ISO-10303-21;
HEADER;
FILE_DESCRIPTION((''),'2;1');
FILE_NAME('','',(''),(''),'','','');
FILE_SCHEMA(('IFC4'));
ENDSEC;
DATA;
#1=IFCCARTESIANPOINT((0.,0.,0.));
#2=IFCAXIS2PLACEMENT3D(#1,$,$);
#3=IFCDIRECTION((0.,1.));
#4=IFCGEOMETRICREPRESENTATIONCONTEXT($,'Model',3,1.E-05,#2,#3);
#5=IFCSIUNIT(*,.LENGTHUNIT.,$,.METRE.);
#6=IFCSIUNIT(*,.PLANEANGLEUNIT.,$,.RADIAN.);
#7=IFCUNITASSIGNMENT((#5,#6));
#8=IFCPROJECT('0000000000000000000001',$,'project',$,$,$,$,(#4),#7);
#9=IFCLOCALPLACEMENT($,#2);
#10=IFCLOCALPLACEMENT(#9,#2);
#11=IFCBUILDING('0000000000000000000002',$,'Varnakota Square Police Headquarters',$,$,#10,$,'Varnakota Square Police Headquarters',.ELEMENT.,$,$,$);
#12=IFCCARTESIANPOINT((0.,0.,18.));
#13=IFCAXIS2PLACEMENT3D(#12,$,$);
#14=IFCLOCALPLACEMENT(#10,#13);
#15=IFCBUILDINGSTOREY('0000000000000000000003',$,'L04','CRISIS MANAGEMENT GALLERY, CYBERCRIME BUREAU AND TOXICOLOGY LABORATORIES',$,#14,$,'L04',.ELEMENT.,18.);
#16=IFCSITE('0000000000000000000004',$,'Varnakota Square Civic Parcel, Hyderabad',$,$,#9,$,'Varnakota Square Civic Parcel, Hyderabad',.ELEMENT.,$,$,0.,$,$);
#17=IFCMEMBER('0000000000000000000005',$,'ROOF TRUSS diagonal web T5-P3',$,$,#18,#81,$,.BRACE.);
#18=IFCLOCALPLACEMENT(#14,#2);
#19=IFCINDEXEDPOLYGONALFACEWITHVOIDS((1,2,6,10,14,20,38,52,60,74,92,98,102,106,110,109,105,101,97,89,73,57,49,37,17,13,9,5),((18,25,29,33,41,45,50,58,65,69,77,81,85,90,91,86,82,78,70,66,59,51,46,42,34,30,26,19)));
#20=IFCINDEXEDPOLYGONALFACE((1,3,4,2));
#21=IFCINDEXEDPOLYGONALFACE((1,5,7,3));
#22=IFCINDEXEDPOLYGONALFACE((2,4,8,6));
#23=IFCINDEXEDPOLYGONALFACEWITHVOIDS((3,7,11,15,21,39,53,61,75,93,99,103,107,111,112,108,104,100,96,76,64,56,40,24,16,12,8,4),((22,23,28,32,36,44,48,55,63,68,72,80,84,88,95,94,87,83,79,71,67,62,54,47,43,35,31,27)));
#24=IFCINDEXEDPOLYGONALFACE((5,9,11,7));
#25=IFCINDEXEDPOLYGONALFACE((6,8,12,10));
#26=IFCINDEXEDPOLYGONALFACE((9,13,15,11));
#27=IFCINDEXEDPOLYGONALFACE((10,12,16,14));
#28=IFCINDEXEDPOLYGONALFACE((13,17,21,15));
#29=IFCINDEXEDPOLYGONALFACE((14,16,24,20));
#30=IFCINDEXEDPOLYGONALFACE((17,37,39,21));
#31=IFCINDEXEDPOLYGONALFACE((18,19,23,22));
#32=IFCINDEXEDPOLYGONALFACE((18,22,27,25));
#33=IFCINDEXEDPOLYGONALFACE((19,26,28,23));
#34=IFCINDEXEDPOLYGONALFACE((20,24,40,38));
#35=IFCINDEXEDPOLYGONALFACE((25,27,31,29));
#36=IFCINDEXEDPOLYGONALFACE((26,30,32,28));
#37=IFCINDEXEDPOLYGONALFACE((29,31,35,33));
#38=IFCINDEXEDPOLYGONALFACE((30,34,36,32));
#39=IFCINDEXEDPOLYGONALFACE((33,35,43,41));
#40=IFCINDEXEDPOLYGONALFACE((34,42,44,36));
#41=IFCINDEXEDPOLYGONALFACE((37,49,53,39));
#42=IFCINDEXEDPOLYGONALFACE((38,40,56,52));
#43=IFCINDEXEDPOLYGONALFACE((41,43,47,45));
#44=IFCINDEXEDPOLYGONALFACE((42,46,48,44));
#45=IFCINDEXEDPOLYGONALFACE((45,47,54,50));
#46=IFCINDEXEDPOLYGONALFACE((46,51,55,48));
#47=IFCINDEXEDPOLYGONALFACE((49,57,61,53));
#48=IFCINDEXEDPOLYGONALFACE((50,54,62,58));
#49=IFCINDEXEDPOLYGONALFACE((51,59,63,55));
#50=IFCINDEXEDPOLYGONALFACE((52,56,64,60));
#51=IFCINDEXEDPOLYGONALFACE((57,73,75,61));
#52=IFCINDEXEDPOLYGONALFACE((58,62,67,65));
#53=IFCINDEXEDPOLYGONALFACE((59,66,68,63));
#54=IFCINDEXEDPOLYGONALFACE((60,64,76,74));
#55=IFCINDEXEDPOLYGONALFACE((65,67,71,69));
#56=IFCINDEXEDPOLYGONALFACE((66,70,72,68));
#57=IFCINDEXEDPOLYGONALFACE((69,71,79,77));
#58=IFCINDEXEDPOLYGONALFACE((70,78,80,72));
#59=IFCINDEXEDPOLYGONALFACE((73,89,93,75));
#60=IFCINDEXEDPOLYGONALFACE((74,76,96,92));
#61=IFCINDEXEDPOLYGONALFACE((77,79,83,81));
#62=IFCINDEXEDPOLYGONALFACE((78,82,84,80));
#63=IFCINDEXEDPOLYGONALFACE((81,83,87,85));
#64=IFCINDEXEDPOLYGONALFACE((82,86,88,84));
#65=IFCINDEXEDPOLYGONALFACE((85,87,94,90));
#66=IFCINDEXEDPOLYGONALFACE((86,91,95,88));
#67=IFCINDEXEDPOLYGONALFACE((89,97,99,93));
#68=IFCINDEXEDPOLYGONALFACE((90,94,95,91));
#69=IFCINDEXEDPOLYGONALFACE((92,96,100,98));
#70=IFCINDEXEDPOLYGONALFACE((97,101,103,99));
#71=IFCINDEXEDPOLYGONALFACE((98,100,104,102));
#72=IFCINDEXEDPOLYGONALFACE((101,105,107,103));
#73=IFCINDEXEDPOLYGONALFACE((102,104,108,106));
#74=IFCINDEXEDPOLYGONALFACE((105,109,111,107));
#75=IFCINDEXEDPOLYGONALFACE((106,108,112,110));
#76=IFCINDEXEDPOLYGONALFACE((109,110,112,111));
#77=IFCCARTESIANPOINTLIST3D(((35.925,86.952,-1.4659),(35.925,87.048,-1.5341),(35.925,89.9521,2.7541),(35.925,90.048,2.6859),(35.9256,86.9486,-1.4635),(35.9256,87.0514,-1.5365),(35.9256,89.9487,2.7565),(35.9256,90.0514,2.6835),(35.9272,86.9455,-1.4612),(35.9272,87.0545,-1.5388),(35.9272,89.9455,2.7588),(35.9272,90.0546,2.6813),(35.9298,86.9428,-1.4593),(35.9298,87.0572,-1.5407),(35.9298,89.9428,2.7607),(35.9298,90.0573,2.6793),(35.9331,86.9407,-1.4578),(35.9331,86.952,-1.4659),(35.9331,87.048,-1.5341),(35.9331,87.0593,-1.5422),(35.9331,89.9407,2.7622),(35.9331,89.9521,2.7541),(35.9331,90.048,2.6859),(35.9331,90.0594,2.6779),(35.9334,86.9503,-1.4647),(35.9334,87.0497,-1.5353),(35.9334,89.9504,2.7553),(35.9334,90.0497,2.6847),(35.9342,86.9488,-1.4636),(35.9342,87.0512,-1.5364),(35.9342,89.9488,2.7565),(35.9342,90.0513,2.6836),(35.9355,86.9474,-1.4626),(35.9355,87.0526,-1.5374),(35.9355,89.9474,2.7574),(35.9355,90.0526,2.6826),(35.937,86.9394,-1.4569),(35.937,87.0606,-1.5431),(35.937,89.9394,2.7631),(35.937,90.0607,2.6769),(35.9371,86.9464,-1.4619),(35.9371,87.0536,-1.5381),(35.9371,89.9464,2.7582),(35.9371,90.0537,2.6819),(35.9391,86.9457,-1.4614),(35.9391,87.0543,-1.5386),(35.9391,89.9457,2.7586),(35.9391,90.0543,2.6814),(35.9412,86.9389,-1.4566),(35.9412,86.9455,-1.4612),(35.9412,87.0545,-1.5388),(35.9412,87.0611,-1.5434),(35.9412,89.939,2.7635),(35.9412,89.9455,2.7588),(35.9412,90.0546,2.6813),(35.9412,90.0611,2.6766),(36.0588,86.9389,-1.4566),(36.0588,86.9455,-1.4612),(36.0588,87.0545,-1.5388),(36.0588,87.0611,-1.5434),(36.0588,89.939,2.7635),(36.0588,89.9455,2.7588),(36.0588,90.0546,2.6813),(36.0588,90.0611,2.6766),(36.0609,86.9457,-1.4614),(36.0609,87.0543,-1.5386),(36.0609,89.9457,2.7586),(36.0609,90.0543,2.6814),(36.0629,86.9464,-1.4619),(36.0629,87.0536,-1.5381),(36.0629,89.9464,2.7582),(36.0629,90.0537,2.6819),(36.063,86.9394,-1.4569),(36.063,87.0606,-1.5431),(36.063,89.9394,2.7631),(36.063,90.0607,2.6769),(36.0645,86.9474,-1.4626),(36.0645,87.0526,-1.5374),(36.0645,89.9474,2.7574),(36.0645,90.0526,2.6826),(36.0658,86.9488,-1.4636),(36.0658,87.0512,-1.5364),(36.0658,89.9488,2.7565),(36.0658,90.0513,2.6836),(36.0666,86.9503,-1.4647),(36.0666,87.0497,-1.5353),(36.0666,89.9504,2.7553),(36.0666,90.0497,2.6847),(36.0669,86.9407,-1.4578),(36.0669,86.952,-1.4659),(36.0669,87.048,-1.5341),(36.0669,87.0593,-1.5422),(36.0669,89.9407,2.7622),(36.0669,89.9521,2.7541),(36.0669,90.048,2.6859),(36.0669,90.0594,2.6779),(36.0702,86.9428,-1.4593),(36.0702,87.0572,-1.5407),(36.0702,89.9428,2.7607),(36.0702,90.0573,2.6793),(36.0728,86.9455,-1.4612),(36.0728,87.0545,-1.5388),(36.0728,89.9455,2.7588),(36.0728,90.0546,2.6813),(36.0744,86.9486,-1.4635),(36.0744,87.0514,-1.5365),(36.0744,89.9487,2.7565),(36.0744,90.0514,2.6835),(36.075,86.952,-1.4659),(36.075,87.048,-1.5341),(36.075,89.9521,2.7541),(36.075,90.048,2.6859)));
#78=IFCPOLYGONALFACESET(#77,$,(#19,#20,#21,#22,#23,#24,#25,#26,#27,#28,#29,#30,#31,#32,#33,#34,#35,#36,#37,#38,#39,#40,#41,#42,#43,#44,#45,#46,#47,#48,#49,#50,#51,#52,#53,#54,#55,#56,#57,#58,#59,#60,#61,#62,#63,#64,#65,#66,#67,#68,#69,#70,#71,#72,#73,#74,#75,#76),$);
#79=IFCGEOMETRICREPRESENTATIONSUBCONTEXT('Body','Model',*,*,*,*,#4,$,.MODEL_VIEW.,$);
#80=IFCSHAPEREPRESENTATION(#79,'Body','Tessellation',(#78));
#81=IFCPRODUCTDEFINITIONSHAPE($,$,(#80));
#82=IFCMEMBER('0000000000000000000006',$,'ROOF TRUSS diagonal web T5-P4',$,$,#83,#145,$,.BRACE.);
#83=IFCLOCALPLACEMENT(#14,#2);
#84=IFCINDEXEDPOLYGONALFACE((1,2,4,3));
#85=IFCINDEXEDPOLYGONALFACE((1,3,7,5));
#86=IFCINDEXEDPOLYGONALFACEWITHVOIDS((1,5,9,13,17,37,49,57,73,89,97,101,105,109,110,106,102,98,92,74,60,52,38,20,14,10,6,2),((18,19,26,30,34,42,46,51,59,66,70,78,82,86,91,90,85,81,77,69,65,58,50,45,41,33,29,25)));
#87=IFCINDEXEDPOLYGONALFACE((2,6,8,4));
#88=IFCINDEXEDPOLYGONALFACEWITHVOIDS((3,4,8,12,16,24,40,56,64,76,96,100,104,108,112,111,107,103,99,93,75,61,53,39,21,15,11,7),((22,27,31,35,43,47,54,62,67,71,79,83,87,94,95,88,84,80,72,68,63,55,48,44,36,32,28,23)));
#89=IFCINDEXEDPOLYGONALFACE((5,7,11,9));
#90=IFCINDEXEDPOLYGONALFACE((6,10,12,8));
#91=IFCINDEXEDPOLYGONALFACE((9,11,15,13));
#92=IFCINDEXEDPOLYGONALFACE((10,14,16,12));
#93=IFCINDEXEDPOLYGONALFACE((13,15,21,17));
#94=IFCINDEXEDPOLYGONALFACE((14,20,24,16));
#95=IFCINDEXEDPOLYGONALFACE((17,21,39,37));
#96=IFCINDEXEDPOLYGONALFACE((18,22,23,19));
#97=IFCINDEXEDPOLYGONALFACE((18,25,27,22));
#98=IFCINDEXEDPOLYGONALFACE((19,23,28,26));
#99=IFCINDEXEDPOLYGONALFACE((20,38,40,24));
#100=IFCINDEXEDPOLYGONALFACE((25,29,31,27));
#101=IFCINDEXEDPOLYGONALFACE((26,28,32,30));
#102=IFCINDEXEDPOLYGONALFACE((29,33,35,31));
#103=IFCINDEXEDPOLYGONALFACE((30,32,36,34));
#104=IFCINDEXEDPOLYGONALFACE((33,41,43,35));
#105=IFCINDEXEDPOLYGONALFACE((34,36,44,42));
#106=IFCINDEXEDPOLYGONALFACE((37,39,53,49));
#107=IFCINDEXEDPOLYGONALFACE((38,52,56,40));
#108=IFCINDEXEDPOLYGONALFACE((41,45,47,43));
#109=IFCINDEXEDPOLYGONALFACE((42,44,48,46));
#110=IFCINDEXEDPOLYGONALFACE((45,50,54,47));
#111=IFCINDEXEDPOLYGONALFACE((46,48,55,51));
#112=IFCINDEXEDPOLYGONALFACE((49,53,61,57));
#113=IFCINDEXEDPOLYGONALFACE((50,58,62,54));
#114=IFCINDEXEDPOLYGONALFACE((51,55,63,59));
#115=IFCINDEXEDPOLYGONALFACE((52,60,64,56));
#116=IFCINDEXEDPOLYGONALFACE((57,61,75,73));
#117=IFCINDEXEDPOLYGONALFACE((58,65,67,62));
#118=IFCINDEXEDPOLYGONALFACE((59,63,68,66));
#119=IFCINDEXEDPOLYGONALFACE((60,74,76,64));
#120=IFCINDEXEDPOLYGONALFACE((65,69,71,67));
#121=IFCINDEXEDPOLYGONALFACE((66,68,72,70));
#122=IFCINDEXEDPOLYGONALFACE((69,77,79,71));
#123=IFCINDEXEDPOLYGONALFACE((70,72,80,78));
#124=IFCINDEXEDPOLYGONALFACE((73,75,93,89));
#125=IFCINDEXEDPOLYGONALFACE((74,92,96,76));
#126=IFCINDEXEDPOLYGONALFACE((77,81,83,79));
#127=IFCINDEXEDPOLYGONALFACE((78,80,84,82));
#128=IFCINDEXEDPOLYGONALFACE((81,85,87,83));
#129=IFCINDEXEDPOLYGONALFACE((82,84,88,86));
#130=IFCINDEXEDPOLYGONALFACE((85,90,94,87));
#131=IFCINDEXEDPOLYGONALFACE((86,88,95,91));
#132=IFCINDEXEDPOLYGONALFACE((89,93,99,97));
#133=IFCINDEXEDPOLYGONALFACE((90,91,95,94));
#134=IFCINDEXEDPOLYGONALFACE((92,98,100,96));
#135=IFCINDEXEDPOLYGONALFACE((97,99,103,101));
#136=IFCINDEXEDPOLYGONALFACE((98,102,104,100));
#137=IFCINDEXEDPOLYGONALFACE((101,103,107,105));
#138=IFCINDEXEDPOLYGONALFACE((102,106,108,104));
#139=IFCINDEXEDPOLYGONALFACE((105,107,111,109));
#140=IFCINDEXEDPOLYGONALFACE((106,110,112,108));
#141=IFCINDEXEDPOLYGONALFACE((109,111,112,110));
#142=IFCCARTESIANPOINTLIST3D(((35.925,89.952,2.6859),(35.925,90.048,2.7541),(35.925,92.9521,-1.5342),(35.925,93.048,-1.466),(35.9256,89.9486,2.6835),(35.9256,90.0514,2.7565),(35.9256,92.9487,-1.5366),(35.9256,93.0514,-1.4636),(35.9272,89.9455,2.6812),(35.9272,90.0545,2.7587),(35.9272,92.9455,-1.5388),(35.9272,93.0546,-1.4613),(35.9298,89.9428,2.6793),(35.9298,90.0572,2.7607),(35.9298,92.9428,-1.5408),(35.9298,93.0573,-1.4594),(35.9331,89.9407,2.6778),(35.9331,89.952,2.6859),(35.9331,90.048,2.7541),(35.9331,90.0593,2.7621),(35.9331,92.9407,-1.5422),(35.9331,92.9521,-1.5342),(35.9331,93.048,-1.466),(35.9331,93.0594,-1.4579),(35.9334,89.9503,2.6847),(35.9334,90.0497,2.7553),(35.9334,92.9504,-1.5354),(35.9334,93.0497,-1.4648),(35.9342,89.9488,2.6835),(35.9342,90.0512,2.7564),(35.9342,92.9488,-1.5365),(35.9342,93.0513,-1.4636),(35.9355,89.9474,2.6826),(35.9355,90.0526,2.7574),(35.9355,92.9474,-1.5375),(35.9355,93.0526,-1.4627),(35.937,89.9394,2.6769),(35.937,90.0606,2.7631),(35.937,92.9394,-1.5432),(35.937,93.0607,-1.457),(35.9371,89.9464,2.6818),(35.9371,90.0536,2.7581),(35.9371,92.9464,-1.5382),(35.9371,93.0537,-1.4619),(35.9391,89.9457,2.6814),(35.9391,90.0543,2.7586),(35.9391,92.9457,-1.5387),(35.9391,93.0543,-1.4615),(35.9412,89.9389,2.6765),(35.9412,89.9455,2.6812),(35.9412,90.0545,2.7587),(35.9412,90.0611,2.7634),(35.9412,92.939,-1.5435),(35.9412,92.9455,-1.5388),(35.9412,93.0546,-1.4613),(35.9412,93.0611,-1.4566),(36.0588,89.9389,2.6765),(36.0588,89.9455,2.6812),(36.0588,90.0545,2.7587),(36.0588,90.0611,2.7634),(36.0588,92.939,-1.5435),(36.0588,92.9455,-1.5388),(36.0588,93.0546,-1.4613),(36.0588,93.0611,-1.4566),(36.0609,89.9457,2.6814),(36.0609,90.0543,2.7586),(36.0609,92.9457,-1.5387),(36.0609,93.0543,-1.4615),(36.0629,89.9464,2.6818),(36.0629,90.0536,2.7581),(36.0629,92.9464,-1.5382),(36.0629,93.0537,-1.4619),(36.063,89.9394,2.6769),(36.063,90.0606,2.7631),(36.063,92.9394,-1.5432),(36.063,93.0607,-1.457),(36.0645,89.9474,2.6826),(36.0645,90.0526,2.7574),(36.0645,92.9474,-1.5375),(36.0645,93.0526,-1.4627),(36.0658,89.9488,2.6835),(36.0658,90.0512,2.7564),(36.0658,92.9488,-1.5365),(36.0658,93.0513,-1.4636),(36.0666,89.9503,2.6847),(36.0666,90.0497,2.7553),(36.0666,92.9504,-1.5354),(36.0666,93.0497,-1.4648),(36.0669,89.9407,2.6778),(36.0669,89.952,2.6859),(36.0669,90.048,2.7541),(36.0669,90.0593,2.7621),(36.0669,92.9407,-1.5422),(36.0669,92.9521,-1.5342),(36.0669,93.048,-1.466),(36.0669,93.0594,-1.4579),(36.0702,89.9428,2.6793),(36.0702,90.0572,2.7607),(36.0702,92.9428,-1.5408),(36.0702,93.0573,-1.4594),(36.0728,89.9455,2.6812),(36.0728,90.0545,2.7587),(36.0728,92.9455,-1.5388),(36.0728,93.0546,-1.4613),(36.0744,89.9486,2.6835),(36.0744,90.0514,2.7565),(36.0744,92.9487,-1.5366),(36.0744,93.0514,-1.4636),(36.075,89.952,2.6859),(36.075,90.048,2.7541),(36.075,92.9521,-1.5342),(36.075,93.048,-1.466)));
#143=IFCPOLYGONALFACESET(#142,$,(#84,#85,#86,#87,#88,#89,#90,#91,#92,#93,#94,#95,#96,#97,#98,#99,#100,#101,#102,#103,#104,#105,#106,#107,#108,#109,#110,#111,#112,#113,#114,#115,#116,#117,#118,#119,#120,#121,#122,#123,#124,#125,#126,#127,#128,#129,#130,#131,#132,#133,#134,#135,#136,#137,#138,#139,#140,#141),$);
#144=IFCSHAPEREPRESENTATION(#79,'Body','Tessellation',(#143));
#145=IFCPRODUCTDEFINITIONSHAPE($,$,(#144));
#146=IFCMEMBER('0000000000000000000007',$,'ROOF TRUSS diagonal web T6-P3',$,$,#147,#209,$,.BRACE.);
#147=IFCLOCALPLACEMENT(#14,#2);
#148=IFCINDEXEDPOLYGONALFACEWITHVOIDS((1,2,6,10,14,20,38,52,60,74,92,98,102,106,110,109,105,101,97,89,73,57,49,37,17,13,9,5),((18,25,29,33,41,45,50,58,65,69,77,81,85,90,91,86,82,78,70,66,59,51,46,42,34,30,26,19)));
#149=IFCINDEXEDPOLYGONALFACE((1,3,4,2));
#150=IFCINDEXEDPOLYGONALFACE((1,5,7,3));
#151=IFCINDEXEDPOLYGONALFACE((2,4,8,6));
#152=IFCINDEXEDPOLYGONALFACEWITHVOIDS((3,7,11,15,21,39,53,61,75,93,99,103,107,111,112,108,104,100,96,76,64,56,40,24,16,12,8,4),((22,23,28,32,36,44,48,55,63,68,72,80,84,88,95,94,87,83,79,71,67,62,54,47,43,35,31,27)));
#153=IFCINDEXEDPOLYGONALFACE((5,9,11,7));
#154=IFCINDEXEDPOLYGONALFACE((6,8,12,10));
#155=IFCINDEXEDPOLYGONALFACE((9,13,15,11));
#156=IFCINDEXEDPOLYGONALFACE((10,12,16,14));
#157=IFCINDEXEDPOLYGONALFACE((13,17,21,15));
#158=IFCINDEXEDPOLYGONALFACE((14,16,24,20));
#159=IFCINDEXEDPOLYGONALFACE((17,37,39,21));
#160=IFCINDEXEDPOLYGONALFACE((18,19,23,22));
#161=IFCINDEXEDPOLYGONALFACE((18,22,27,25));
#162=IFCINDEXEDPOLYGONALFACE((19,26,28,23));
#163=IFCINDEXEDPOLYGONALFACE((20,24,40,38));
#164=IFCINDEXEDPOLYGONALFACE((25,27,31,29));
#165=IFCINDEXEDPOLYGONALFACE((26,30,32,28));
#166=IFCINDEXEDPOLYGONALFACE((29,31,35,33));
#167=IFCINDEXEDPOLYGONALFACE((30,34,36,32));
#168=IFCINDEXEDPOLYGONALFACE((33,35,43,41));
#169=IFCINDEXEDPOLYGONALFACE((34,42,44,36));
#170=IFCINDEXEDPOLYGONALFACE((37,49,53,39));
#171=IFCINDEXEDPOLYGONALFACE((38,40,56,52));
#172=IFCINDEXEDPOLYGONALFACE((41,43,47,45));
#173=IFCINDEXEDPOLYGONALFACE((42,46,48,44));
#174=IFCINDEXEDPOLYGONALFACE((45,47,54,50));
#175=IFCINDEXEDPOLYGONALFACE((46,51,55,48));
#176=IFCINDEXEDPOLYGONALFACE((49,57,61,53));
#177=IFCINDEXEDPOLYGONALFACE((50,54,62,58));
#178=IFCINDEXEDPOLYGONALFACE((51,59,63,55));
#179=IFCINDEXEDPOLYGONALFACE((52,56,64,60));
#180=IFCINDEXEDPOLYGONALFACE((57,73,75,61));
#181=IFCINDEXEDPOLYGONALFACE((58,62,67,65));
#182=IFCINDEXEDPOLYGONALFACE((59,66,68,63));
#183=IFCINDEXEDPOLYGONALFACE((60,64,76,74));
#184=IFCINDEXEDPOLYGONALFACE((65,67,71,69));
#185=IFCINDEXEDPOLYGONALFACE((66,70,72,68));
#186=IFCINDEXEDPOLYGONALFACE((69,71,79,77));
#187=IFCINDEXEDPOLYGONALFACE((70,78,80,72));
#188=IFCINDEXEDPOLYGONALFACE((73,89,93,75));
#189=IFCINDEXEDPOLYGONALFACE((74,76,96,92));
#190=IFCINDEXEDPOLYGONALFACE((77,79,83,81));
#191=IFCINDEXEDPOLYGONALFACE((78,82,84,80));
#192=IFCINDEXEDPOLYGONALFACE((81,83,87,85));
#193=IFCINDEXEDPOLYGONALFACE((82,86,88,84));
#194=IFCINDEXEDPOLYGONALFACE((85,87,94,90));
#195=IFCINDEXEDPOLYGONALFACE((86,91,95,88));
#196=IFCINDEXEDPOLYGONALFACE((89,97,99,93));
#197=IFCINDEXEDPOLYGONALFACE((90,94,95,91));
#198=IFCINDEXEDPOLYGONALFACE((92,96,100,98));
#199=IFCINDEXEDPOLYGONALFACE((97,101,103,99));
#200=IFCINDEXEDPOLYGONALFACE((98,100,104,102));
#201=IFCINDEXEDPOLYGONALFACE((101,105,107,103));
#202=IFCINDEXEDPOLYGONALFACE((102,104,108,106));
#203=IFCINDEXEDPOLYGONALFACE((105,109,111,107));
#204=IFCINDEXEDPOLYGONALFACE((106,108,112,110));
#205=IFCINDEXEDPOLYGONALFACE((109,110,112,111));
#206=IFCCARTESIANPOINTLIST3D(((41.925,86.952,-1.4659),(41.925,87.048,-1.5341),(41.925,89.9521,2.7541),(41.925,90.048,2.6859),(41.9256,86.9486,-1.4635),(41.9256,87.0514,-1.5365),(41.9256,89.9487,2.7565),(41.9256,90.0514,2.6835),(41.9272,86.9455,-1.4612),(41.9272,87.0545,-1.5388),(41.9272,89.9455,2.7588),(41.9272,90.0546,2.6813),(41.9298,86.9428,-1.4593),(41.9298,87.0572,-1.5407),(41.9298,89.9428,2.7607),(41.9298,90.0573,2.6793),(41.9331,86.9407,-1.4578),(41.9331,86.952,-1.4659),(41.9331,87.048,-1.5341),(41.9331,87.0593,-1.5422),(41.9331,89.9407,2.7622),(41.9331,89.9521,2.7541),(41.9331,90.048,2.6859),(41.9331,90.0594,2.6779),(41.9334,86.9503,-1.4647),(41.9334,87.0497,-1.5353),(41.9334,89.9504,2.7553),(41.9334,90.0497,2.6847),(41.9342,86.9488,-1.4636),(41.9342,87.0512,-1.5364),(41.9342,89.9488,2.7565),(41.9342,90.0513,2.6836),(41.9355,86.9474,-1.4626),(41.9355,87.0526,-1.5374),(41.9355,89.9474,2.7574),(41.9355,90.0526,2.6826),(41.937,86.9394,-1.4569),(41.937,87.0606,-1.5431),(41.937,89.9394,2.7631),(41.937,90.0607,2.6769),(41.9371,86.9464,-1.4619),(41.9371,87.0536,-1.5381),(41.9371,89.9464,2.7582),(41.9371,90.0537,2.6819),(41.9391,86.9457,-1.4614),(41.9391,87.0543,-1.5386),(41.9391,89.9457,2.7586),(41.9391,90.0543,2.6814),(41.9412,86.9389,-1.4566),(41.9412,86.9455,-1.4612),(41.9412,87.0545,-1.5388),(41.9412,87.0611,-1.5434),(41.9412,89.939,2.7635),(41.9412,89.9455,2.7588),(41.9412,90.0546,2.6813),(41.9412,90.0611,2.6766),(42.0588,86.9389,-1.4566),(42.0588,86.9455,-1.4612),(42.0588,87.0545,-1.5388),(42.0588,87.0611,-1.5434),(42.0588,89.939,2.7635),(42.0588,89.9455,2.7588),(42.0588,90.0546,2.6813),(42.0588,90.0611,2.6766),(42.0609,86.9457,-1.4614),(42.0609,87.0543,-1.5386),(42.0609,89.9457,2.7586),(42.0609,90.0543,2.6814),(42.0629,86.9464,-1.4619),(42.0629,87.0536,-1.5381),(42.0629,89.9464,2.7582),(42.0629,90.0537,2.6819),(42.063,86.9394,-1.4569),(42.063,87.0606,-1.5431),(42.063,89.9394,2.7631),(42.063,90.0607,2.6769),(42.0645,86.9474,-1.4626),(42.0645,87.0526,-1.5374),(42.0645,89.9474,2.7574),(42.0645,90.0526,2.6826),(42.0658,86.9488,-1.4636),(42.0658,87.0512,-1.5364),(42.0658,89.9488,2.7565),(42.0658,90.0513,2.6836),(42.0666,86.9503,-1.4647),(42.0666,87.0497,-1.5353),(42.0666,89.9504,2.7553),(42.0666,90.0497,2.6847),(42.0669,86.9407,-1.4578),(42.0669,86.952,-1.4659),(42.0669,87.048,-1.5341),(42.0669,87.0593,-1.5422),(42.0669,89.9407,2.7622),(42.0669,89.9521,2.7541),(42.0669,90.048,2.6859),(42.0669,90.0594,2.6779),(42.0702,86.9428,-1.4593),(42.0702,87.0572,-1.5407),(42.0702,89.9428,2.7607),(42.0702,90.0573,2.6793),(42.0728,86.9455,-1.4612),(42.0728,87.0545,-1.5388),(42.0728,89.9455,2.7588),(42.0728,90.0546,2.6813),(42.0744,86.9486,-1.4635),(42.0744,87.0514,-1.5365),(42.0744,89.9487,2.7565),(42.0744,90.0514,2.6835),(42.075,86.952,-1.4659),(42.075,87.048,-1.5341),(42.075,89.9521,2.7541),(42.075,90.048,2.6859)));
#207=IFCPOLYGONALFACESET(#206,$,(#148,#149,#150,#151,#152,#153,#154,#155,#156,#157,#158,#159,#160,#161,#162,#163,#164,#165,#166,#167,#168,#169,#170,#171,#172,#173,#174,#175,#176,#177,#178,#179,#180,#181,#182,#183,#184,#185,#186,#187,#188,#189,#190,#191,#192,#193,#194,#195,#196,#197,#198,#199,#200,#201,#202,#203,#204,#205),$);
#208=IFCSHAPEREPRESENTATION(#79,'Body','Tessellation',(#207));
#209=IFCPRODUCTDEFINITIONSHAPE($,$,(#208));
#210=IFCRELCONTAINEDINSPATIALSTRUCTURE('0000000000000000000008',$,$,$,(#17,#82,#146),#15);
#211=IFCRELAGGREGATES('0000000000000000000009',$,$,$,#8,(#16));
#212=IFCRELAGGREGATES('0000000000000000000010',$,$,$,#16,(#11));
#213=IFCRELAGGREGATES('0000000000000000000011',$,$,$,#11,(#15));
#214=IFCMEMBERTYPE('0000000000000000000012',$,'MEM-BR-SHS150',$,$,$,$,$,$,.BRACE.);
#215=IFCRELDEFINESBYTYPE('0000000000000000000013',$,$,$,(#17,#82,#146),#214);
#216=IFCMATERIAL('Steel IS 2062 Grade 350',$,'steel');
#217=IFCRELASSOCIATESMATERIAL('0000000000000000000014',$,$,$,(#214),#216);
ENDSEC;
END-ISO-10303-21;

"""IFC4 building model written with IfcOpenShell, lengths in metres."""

from ifc_helpers import new_model, si_unit, direction, frame, origin, origin_2d, place, context, subcontext, project, spatial, hollow_rectangle, extrude, material, material_profile, profile_set, type_object, element, save


model = new_model("IFC4")

# Units and contexts
model_context = context("Model", 3, precision=1e-05, world=origin(), true_north=direction((0.0, 1.0)))
body_context = subcontext(model_context, "Body", "Model", "MODEL_VIEW")
ifc_project = project(units=[si_unit("LENGTHUNIT", "METRE"), si_unit("PLANEANGLEUNIT", "RADIAN")], contexts=[model_context])

# Site, building, storey
site_placement = place(None, origin())
site = spatial("IfcSite", under=ifc_project, at=site_placement, Name="Varnakota Square Civic Parcel, Hyderabad", LongName="Varnakota Square Civic Parcel, Hyderabad", CompositionType="ELEMENT", RefElevation=0.0)
building_placement = place(site_placement, origin())
building = spatial("IfcBuilding", under=site, at=building_placement, Name="Varnakota Square Police Headquarters", LongName="Varnakota Square Police Headquarters", CompositionType="ELEMENT")
storey_placement = place(building_placement, frame((0.0, 0.0, 18.0)))
storey = spatial("IfcBuildingStorey", under=building, at=storey_placement, Name="L04", Description="CRISIS MANAGEMENT GALLERY, CYBERCRIME BUREAU AND TOXICOLOGY LABORATORIES", LongName="L04", CompositionType="ELEMENT", Elevation=18.0)

# Shared definitions
ifc_material_1 = material(Name="Steel IS 2062 Grade 350", Category="steel")

# Members
ifc_material_profile_1 = material_profile(ifc_material_1, hollow_rectangle(XDim=0.1499, YDim=0.1499, WallThickness=0.0081, InnerFilletRadius=0.0081, OuterFilletRadius=0.0161, at=origin_2d()), Name="SHS 150x150x8")
ifc_profile_set_1 = profile_set([ifc_material_profile_1], Name="Steel IS 2062 Grade 350")
member_type_1 = type_object("IfcMemberType", Name="MEM-BR-SHS150", PredefinedType="BRACE", material=ifc_profile_set_1)
for number, where, z_axis, x_axis, name in (
    (1, (36.0, 87.0, -1.5), (0.0, 0.579412, 0.815034), (-1.0, 0.0, 0.0), "ROOF TRUSS diagonal web T5-P3"),
    (2, (36.0, 90.0, 2.72), (0.0, 0.579412, -0.815034), (-1.0, 0.0, 0.0), "ROOF TRUSS diagonal web T5-P4"),
    (3, (42.0, 87.0, -1.5), (0.0, 0.579412, 0.815034), (-1.0, 0.0, 0.0), "ROOF TRUSS diagonal web T6-P3"),
):
    element("IfcMember", number, at=place(storey_placement, frame(where, z_axis=z_axis, x_axis=x_axis)), inside=storey, type_object=member_type_1, Name=name, PredefinedType="BRACE", context=body_context, shape_type="SweptSolid", body=[
        extrude(hollow_rectangle(XDim=0.1499, YDim=0.1499, WallThickness=0.0081, InnerFilletRadius=0.0081, OuterFilletRadius=0.0161, at=origin_2d()), origin(), (0.0, 0.0, 1.0), 5.1777),
    ])

save(model, "model.ifc")
